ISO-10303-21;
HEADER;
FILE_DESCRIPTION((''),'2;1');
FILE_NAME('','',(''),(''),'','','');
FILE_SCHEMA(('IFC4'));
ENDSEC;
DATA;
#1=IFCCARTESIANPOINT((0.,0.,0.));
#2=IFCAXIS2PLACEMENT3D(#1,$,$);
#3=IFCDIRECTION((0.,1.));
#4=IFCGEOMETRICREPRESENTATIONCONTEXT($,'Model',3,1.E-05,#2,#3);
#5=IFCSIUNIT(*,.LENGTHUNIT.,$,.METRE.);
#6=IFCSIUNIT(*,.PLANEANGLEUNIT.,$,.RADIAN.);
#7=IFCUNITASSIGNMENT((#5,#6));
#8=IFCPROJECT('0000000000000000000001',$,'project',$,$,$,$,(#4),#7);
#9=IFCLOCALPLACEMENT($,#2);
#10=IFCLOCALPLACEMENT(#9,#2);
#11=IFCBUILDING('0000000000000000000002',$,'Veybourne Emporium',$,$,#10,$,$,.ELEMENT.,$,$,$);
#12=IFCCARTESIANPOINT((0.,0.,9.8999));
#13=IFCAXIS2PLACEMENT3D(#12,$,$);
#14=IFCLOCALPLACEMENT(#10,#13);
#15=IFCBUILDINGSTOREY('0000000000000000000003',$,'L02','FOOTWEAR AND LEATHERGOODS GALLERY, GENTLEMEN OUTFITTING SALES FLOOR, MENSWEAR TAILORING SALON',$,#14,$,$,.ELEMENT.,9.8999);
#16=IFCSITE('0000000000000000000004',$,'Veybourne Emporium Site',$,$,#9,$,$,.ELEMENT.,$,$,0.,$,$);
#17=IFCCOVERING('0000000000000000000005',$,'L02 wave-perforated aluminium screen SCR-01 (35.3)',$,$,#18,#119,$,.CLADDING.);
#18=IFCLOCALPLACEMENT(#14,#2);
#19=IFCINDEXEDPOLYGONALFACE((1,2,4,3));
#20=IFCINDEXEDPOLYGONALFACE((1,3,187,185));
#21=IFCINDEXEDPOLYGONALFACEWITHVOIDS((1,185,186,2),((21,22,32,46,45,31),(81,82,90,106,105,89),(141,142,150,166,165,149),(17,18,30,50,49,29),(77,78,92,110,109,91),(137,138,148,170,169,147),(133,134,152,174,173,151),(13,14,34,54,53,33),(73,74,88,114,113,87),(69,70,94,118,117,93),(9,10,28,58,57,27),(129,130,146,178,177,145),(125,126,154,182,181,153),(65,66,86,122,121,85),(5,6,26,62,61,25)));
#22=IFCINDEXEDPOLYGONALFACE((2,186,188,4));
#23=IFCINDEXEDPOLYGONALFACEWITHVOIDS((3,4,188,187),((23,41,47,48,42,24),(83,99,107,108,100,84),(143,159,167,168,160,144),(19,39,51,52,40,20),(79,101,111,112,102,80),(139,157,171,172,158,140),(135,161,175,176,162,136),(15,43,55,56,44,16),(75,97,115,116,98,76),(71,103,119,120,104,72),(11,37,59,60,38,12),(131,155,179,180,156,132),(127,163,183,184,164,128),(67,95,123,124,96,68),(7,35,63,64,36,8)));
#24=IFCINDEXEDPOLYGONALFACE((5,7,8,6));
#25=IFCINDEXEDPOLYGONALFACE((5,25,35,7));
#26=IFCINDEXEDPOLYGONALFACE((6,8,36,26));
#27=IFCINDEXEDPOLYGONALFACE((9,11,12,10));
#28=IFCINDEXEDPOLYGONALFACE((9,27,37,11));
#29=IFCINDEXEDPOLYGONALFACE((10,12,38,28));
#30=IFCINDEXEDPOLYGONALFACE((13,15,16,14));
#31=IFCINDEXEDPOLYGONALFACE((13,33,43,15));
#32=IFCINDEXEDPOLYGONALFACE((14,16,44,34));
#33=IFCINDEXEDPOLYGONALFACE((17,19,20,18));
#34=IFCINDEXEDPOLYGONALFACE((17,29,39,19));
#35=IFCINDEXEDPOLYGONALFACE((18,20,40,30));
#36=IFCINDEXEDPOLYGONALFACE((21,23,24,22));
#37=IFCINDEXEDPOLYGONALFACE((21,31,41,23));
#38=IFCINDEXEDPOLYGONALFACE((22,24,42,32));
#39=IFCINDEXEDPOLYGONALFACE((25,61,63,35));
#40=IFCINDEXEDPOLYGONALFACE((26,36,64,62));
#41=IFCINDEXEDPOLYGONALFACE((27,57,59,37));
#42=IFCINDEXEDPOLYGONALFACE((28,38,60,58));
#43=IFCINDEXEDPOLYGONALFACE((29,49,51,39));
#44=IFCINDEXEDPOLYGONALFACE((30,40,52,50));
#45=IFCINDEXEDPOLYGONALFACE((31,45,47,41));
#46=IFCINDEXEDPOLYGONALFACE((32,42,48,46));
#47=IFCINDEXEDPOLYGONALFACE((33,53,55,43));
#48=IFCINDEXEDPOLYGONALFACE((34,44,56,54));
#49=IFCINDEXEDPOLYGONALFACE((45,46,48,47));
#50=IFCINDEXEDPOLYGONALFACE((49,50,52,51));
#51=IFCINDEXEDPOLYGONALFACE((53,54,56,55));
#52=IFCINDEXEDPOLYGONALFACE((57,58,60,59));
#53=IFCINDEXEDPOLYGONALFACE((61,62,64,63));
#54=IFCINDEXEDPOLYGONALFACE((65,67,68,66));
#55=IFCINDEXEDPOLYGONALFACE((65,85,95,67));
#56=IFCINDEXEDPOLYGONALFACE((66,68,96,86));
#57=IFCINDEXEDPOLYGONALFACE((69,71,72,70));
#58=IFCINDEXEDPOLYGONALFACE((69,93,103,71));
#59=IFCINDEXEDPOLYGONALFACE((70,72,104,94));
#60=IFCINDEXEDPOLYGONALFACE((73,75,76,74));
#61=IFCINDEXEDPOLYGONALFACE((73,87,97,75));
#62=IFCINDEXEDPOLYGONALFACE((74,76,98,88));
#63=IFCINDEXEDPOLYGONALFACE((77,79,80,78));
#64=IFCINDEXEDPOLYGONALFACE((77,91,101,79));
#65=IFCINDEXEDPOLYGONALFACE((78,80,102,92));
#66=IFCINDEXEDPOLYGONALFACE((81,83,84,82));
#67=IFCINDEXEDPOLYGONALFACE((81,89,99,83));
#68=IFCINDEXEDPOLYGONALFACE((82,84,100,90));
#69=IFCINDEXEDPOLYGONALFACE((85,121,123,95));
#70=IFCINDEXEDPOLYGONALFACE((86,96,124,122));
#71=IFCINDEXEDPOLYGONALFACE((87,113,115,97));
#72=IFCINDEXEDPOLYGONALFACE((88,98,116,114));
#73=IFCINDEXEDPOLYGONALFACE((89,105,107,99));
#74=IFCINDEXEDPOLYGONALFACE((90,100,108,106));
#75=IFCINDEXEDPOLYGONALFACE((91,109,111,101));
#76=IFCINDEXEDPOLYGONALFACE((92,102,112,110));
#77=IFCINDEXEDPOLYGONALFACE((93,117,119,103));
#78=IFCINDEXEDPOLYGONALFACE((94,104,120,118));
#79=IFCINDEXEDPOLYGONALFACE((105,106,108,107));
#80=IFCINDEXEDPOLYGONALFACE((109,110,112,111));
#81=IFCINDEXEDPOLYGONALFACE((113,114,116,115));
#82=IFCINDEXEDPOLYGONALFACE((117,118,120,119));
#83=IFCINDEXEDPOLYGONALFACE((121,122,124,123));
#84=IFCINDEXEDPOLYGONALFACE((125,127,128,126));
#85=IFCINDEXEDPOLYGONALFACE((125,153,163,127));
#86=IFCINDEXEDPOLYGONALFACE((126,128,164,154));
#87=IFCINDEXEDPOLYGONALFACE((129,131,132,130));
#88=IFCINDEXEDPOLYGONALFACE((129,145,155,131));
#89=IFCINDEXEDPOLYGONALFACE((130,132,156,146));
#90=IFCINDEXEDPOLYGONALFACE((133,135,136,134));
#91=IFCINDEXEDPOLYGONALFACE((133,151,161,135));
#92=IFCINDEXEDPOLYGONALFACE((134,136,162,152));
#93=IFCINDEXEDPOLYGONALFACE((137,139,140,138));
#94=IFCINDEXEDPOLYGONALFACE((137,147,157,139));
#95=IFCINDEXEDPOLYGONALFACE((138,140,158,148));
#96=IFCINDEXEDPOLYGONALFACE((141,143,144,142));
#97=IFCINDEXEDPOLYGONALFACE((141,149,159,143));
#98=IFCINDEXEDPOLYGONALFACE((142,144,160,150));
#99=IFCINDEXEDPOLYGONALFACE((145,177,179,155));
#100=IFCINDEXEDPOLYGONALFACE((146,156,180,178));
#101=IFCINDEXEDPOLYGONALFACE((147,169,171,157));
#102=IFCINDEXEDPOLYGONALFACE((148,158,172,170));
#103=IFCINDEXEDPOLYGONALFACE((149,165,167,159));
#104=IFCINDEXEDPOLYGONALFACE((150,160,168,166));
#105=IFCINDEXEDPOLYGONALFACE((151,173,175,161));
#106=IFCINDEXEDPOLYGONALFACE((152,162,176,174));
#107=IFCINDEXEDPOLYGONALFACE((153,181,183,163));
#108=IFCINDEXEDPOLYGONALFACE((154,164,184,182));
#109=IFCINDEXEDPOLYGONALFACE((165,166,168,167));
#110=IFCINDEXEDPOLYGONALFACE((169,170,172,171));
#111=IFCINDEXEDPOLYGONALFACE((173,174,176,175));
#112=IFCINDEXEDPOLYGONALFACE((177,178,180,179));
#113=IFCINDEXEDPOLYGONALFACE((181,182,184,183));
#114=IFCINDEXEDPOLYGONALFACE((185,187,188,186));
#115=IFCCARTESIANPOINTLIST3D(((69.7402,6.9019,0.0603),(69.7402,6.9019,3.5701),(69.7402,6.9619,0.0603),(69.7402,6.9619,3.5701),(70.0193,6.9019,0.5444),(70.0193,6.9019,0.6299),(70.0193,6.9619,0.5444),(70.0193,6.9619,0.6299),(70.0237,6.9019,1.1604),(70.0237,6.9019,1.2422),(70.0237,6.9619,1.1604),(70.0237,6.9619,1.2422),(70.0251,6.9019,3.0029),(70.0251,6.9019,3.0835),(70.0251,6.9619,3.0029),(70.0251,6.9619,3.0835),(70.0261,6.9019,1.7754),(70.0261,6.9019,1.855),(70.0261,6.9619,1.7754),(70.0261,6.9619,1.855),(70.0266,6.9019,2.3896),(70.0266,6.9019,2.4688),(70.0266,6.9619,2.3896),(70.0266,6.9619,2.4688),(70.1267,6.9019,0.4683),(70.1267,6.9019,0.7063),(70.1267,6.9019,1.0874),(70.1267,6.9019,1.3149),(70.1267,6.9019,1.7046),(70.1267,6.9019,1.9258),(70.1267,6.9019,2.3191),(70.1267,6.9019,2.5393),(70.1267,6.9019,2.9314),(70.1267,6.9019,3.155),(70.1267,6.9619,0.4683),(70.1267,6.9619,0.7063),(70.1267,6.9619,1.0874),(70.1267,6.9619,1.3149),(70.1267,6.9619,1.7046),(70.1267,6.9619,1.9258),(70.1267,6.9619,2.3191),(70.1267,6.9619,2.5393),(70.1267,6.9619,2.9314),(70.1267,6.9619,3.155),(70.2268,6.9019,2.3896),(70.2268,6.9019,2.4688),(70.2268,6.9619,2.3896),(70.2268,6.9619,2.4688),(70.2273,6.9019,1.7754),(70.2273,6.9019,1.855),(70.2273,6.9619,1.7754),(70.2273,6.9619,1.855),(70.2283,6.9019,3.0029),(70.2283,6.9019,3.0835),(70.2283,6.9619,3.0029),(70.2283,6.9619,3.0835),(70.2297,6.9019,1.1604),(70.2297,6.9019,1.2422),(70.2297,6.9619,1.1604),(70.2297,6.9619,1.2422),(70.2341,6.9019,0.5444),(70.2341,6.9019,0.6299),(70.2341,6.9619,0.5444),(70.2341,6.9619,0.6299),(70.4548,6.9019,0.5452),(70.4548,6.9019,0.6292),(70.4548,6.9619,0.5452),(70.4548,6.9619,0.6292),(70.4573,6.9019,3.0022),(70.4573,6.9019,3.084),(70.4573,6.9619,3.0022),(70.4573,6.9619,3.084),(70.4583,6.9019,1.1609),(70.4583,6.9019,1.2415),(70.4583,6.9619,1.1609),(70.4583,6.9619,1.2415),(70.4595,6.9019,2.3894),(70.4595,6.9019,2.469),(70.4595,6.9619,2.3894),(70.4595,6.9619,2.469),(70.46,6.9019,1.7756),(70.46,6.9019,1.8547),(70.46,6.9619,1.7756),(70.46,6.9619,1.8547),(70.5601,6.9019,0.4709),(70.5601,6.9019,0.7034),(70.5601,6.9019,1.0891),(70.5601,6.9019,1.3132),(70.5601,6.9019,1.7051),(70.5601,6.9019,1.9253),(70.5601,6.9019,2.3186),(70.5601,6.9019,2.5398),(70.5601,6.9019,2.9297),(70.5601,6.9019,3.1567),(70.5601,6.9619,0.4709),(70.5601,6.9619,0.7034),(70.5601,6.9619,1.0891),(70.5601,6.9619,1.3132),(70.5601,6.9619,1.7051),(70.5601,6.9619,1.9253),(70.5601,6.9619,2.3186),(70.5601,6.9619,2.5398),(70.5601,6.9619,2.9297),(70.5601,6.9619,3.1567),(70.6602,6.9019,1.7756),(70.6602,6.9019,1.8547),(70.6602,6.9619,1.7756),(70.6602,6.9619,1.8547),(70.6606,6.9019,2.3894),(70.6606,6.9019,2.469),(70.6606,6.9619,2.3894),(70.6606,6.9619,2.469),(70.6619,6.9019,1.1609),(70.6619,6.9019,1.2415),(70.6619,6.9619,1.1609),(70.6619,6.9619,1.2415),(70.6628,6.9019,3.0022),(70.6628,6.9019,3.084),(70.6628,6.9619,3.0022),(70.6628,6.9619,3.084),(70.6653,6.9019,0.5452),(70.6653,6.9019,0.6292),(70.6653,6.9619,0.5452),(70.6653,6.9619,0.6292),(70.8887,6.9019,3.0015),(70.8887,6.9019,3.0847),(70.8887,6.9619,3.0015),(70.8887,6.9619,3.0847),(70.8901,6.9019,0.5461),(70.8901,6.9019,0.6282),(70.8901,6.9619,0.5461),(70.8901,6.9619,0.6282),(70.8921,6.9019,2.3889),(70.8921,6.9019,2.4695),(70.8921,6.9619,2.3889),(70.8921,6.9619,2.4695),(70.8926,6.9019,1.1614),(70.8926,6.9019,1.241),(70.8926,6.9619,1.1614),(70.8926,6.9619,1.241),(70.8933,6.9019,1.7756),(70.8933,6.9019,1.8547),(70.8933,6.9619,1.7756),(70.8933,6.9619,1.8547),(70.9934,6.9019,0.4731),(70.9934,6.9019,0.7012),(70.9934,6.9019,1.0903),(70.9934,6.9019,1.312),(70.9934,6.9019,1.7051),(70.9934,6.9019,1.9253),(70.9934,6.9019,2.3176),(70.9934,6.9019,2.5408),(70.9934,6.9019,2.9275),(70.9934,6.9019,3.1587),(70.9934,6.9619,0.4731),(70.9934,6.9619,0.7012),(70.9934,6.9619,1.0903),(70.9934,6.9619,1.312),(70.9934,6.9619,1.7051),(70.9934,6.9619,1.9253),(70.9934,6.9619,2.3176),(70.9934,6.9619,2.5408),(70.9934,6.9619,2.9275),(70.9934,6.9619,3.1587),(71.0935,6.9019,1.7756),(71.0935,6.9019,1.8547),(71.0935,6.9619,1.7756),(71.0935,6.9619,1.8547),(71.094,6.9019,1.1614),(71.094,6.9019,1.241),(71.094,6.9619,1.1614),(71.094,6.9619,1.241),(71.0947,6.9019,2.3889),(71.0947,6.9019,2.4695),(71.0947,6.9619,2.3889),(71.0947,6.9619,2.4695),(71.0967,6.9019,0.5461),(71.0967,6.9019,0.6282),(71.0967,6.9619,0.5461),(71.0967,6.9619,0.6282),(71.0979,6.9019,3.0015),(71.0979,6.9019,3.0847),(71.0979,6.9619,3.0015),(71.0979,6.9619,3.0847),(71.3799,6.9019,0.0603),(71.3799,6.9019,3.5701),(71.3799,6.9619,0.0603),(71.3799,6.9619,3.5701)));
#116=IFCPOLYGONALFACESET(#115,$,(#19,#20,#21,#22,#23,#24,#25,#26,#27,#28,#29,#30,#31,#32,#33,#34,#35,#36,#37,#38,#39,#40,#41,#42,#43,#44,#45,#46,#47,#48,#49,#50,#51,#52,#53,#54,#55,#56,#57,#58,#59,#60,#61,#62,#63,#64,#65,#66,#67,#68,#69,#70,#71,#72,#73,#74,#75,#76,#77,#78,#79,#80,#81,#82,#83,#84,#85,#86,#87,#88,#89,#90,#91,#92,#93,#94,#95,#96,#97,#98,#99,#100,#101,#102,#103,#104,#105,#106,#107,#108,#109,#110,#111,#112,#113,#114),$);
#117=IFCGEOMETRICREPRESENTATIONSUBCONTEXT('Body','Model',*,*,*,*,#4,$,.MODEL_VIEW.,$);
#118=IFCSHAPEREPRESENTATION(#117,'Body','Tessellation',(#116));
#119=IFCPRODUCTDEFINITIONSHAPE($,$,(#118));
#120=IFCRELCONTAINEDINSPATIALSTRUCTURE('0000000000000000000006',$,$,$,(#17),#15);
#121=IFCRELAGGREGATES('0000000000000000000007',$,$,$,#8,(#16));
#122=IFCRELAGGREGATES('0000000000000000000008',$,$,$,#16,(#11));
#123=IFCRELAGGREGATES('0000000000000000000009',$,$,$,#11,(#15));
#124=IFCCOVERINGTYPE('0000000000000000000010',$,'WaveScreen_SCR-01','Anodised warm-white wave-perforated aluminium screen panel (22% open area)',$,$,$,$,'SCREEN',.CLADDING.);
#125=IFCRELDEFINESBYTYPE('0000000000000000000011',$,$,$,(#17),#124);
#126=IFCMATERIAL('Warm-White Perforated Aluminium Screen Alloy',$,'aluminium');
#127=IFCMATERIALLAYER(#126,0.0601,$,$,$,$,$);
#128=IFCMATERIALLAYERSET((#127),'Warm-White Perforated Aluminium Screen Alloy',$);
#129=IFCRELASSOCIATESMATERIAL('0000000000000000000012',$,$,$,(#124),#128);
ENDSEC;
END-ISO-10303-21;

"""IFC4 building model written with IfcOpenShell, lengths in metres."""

from ifc_helpers import new_model, si_unit, direction, frame, origin, place, context, subcontext, project, spatial, polyline, outline, extrude, material, layer, layer_set, type_object, element, save


model = new_model("IFC4")

# Units and contexts
model_context = context("Model", 3, precision=1e-05, world=origin(), true_north=direction((0.0, 1.0)))
body_context = subcontext(model_context, "Body", "Model", "MODEL_VIEW")
ifc_project = project(units=[si_unit("LENGTHUNIT", "METRE"), si_unit("PLANEANGLEUNIT", "RADIAN")], contexts=[model_context])

# Site, building, storey
site_placement = place(None, origin())
site = spatial("IfcSite", under=ifc_project, at=site_placement, Name="Veybourne Emporium Site", CompositionType="ELEMENT", RefElevation=0.0)
building_placement = place(site_placement, origin())
building = spatial("IfcBuilding", under=site, at=building_placement, Name="Veybourne Emporium", CompositionType="ELEMENT")
storey_placement = place(building_placement, frame((0.0, 0.0, 9.8999)))
storey = spatial("IfcBuildingStorey", under=building, at=storey_placement, Name="L02", Description="FOOTWEAR AND LEATHERGOODS GALLERY, GENTLEMEN OUTFITTING SALES FLOOR, MENSWEAR TAILORING SALON", CompositionType="ELEMENT", Elevation=9.8999)

# Covering
ifc_material_1 = material(Name="Warm-White Perforated Aluminium Screen Alloy", Category="aluminium")
ifc_layer_1 = layer(ifc_material_1, 0.0601)
ifc_layer_set_1 = layer_set([ifc_layer_1], Name="Warm-White Perforated Aluminium Screen Alloy")
covering_type_1 = type_object("IfcCoveringType", Name="WaveScreen_SCR-01", Description="Anodised warm-white wave-perforated aluminium screen panel (22% open area)", ElementType="SCREEN", PredefinedType="CLADDING", material=ifc_layer_set_1)
covering_1_placement = place(storey_placement, frame((70.5601, 6.9019, 1.8152), z_axis=(0.0, 1.0, 0.0), x_axis=(-1.0, 0.0, 0.0)))
element("IfcCovering", 1, at=covering_1_placement, inside=storey, type_object=covering_type_1, Name="L02 wave-perforated aluminium screen SCR-01 (35.3)", PredefinedType="CLADDING", context=body_context, shape_type="SweptSolid", body=[
    extrude(outline(polyline([(-0.8198, -1.7549), (0.8198, -1.7549), (0.8198, 1.7549), (-0.8198, 1.7549), (-0.8198, -1.7549)]), holes=[polyline([(-0.4333, -1.114), (-0.3301, -1.187), (-0.3301, -1.269), (-0.4333, -1.342), (-0.5366, -1.269), (-0.5366, -1.187), (-0.4333, -1.114)]), polyline([(-0.4333, -0.5032), (-0.3325, -0.5742), (-0.3325, -0.6538), (-0.4333, -0.7249), (-0.5339, -0.6538), (-0.5339, -0.5742), (-0.4333, -0.5032)]), polyline([(-0.4333, 0.1101), (-0.3333, 0.0396), (-0.3333, -0.0396), (-0.4333, -0.1101), (-0.5334, -0.0396), (-0.5334, 0.0396), (-0.4333, 0.1101)]), polyline([(-0.4333, 0.7256), (-0.332, 0.6543), (-0.332, 0.5737), (-0.4333, 0.5024), (-0.5347, 0.5737), (-0.5347, 0.6543), (-0.4333, 0.7256)]), polyline([(-0.4333, 1.3435), (-0.3286, 1.2695), (-0.3286, 1.1863), (-0.4333, 1.1123), (-0.5378, 1.1863), (-0.5378, 1.2695), (-0.4333, 1.3435)]), polyline([(0.0, -1.1118), (0.1052, -1.186), (0.1052, -1.27), (0.0, -1.3442), (-0.1052, -1.27), (-0.1052, -1.186), (0.0, -1.1118)]), polyline([(0.0, -0.502), (0.1018, -0.5737), (0.1018, -0.6543), (0.0, -0.7261), (-0.1018, -0.6543), (-0.1018, -0.5737), (0.0, -0.502)]), polyline([(0.0, 0.1101), (0.1001, 0.0396), (0.1001, -0.0396), (0.0, -0.1101), (-0.1001, -0.0396), (-0.1001, 0.0396), (0.0, 0.1101)]), polyline([(0.0, 0.7246), (0.1006, 0.6538), (0.1006, 0.5742), (0.0, 0.5034), (-0.1006, 0.5742), (-0.1006, 0.6538), (0.0, 0.7246)]), polyline([(0.0, 1.3416), (0.1028, 1.2688), (0.1028, 1.187), (0.0, 1.1145), (-0.1028, 1.187), (-0.1028, 1.2688), (0.0, 1.3416)]), polyline([(0.4333, -1.1089), (0.5408, -1.1853), (0.5408, -1.2708), (0.4333, -1.3469), (0.3259, -1.2708), (0.3259, -1.1853), (0.4333, -1.1089)]), polyline([(0.4333, -0.5002), (0.5364, -0.573), (0.5364, -0.6548), (0.4333, -0.7278), (0.3303, -0.6548), (0.3303, -0.573), (0.4333, -0.5002)]), polyline([(0.4333, 0.1106), (0.5339, 0.0398), (0.5339, -0.0398), (0.4333, -0.1106), (0.3328, -0.0398), (0.3328, 0.0398), (0.4333, 0.1106)]), polyline([(0.4333, 0.7241), (0.5334, 0.6536), (0.5334, 0.5745), (0.4333, 0.5039), (0.3333, 0.5745), (0.3333, 0.6536), (0.4333, 0.7241)]), polyline([(0.4333, 1.3398), (0.5349, 1.2683), (0.5349, 1.1877), (0.4333, 1.1162), (0.3318, 1.1877), (0.3318, 1.2683), (0.4333, 1.3398)])]), origin(), (0.0, 0.0, 1.0), 0.0601),
])

save(model, "model.ifc")
